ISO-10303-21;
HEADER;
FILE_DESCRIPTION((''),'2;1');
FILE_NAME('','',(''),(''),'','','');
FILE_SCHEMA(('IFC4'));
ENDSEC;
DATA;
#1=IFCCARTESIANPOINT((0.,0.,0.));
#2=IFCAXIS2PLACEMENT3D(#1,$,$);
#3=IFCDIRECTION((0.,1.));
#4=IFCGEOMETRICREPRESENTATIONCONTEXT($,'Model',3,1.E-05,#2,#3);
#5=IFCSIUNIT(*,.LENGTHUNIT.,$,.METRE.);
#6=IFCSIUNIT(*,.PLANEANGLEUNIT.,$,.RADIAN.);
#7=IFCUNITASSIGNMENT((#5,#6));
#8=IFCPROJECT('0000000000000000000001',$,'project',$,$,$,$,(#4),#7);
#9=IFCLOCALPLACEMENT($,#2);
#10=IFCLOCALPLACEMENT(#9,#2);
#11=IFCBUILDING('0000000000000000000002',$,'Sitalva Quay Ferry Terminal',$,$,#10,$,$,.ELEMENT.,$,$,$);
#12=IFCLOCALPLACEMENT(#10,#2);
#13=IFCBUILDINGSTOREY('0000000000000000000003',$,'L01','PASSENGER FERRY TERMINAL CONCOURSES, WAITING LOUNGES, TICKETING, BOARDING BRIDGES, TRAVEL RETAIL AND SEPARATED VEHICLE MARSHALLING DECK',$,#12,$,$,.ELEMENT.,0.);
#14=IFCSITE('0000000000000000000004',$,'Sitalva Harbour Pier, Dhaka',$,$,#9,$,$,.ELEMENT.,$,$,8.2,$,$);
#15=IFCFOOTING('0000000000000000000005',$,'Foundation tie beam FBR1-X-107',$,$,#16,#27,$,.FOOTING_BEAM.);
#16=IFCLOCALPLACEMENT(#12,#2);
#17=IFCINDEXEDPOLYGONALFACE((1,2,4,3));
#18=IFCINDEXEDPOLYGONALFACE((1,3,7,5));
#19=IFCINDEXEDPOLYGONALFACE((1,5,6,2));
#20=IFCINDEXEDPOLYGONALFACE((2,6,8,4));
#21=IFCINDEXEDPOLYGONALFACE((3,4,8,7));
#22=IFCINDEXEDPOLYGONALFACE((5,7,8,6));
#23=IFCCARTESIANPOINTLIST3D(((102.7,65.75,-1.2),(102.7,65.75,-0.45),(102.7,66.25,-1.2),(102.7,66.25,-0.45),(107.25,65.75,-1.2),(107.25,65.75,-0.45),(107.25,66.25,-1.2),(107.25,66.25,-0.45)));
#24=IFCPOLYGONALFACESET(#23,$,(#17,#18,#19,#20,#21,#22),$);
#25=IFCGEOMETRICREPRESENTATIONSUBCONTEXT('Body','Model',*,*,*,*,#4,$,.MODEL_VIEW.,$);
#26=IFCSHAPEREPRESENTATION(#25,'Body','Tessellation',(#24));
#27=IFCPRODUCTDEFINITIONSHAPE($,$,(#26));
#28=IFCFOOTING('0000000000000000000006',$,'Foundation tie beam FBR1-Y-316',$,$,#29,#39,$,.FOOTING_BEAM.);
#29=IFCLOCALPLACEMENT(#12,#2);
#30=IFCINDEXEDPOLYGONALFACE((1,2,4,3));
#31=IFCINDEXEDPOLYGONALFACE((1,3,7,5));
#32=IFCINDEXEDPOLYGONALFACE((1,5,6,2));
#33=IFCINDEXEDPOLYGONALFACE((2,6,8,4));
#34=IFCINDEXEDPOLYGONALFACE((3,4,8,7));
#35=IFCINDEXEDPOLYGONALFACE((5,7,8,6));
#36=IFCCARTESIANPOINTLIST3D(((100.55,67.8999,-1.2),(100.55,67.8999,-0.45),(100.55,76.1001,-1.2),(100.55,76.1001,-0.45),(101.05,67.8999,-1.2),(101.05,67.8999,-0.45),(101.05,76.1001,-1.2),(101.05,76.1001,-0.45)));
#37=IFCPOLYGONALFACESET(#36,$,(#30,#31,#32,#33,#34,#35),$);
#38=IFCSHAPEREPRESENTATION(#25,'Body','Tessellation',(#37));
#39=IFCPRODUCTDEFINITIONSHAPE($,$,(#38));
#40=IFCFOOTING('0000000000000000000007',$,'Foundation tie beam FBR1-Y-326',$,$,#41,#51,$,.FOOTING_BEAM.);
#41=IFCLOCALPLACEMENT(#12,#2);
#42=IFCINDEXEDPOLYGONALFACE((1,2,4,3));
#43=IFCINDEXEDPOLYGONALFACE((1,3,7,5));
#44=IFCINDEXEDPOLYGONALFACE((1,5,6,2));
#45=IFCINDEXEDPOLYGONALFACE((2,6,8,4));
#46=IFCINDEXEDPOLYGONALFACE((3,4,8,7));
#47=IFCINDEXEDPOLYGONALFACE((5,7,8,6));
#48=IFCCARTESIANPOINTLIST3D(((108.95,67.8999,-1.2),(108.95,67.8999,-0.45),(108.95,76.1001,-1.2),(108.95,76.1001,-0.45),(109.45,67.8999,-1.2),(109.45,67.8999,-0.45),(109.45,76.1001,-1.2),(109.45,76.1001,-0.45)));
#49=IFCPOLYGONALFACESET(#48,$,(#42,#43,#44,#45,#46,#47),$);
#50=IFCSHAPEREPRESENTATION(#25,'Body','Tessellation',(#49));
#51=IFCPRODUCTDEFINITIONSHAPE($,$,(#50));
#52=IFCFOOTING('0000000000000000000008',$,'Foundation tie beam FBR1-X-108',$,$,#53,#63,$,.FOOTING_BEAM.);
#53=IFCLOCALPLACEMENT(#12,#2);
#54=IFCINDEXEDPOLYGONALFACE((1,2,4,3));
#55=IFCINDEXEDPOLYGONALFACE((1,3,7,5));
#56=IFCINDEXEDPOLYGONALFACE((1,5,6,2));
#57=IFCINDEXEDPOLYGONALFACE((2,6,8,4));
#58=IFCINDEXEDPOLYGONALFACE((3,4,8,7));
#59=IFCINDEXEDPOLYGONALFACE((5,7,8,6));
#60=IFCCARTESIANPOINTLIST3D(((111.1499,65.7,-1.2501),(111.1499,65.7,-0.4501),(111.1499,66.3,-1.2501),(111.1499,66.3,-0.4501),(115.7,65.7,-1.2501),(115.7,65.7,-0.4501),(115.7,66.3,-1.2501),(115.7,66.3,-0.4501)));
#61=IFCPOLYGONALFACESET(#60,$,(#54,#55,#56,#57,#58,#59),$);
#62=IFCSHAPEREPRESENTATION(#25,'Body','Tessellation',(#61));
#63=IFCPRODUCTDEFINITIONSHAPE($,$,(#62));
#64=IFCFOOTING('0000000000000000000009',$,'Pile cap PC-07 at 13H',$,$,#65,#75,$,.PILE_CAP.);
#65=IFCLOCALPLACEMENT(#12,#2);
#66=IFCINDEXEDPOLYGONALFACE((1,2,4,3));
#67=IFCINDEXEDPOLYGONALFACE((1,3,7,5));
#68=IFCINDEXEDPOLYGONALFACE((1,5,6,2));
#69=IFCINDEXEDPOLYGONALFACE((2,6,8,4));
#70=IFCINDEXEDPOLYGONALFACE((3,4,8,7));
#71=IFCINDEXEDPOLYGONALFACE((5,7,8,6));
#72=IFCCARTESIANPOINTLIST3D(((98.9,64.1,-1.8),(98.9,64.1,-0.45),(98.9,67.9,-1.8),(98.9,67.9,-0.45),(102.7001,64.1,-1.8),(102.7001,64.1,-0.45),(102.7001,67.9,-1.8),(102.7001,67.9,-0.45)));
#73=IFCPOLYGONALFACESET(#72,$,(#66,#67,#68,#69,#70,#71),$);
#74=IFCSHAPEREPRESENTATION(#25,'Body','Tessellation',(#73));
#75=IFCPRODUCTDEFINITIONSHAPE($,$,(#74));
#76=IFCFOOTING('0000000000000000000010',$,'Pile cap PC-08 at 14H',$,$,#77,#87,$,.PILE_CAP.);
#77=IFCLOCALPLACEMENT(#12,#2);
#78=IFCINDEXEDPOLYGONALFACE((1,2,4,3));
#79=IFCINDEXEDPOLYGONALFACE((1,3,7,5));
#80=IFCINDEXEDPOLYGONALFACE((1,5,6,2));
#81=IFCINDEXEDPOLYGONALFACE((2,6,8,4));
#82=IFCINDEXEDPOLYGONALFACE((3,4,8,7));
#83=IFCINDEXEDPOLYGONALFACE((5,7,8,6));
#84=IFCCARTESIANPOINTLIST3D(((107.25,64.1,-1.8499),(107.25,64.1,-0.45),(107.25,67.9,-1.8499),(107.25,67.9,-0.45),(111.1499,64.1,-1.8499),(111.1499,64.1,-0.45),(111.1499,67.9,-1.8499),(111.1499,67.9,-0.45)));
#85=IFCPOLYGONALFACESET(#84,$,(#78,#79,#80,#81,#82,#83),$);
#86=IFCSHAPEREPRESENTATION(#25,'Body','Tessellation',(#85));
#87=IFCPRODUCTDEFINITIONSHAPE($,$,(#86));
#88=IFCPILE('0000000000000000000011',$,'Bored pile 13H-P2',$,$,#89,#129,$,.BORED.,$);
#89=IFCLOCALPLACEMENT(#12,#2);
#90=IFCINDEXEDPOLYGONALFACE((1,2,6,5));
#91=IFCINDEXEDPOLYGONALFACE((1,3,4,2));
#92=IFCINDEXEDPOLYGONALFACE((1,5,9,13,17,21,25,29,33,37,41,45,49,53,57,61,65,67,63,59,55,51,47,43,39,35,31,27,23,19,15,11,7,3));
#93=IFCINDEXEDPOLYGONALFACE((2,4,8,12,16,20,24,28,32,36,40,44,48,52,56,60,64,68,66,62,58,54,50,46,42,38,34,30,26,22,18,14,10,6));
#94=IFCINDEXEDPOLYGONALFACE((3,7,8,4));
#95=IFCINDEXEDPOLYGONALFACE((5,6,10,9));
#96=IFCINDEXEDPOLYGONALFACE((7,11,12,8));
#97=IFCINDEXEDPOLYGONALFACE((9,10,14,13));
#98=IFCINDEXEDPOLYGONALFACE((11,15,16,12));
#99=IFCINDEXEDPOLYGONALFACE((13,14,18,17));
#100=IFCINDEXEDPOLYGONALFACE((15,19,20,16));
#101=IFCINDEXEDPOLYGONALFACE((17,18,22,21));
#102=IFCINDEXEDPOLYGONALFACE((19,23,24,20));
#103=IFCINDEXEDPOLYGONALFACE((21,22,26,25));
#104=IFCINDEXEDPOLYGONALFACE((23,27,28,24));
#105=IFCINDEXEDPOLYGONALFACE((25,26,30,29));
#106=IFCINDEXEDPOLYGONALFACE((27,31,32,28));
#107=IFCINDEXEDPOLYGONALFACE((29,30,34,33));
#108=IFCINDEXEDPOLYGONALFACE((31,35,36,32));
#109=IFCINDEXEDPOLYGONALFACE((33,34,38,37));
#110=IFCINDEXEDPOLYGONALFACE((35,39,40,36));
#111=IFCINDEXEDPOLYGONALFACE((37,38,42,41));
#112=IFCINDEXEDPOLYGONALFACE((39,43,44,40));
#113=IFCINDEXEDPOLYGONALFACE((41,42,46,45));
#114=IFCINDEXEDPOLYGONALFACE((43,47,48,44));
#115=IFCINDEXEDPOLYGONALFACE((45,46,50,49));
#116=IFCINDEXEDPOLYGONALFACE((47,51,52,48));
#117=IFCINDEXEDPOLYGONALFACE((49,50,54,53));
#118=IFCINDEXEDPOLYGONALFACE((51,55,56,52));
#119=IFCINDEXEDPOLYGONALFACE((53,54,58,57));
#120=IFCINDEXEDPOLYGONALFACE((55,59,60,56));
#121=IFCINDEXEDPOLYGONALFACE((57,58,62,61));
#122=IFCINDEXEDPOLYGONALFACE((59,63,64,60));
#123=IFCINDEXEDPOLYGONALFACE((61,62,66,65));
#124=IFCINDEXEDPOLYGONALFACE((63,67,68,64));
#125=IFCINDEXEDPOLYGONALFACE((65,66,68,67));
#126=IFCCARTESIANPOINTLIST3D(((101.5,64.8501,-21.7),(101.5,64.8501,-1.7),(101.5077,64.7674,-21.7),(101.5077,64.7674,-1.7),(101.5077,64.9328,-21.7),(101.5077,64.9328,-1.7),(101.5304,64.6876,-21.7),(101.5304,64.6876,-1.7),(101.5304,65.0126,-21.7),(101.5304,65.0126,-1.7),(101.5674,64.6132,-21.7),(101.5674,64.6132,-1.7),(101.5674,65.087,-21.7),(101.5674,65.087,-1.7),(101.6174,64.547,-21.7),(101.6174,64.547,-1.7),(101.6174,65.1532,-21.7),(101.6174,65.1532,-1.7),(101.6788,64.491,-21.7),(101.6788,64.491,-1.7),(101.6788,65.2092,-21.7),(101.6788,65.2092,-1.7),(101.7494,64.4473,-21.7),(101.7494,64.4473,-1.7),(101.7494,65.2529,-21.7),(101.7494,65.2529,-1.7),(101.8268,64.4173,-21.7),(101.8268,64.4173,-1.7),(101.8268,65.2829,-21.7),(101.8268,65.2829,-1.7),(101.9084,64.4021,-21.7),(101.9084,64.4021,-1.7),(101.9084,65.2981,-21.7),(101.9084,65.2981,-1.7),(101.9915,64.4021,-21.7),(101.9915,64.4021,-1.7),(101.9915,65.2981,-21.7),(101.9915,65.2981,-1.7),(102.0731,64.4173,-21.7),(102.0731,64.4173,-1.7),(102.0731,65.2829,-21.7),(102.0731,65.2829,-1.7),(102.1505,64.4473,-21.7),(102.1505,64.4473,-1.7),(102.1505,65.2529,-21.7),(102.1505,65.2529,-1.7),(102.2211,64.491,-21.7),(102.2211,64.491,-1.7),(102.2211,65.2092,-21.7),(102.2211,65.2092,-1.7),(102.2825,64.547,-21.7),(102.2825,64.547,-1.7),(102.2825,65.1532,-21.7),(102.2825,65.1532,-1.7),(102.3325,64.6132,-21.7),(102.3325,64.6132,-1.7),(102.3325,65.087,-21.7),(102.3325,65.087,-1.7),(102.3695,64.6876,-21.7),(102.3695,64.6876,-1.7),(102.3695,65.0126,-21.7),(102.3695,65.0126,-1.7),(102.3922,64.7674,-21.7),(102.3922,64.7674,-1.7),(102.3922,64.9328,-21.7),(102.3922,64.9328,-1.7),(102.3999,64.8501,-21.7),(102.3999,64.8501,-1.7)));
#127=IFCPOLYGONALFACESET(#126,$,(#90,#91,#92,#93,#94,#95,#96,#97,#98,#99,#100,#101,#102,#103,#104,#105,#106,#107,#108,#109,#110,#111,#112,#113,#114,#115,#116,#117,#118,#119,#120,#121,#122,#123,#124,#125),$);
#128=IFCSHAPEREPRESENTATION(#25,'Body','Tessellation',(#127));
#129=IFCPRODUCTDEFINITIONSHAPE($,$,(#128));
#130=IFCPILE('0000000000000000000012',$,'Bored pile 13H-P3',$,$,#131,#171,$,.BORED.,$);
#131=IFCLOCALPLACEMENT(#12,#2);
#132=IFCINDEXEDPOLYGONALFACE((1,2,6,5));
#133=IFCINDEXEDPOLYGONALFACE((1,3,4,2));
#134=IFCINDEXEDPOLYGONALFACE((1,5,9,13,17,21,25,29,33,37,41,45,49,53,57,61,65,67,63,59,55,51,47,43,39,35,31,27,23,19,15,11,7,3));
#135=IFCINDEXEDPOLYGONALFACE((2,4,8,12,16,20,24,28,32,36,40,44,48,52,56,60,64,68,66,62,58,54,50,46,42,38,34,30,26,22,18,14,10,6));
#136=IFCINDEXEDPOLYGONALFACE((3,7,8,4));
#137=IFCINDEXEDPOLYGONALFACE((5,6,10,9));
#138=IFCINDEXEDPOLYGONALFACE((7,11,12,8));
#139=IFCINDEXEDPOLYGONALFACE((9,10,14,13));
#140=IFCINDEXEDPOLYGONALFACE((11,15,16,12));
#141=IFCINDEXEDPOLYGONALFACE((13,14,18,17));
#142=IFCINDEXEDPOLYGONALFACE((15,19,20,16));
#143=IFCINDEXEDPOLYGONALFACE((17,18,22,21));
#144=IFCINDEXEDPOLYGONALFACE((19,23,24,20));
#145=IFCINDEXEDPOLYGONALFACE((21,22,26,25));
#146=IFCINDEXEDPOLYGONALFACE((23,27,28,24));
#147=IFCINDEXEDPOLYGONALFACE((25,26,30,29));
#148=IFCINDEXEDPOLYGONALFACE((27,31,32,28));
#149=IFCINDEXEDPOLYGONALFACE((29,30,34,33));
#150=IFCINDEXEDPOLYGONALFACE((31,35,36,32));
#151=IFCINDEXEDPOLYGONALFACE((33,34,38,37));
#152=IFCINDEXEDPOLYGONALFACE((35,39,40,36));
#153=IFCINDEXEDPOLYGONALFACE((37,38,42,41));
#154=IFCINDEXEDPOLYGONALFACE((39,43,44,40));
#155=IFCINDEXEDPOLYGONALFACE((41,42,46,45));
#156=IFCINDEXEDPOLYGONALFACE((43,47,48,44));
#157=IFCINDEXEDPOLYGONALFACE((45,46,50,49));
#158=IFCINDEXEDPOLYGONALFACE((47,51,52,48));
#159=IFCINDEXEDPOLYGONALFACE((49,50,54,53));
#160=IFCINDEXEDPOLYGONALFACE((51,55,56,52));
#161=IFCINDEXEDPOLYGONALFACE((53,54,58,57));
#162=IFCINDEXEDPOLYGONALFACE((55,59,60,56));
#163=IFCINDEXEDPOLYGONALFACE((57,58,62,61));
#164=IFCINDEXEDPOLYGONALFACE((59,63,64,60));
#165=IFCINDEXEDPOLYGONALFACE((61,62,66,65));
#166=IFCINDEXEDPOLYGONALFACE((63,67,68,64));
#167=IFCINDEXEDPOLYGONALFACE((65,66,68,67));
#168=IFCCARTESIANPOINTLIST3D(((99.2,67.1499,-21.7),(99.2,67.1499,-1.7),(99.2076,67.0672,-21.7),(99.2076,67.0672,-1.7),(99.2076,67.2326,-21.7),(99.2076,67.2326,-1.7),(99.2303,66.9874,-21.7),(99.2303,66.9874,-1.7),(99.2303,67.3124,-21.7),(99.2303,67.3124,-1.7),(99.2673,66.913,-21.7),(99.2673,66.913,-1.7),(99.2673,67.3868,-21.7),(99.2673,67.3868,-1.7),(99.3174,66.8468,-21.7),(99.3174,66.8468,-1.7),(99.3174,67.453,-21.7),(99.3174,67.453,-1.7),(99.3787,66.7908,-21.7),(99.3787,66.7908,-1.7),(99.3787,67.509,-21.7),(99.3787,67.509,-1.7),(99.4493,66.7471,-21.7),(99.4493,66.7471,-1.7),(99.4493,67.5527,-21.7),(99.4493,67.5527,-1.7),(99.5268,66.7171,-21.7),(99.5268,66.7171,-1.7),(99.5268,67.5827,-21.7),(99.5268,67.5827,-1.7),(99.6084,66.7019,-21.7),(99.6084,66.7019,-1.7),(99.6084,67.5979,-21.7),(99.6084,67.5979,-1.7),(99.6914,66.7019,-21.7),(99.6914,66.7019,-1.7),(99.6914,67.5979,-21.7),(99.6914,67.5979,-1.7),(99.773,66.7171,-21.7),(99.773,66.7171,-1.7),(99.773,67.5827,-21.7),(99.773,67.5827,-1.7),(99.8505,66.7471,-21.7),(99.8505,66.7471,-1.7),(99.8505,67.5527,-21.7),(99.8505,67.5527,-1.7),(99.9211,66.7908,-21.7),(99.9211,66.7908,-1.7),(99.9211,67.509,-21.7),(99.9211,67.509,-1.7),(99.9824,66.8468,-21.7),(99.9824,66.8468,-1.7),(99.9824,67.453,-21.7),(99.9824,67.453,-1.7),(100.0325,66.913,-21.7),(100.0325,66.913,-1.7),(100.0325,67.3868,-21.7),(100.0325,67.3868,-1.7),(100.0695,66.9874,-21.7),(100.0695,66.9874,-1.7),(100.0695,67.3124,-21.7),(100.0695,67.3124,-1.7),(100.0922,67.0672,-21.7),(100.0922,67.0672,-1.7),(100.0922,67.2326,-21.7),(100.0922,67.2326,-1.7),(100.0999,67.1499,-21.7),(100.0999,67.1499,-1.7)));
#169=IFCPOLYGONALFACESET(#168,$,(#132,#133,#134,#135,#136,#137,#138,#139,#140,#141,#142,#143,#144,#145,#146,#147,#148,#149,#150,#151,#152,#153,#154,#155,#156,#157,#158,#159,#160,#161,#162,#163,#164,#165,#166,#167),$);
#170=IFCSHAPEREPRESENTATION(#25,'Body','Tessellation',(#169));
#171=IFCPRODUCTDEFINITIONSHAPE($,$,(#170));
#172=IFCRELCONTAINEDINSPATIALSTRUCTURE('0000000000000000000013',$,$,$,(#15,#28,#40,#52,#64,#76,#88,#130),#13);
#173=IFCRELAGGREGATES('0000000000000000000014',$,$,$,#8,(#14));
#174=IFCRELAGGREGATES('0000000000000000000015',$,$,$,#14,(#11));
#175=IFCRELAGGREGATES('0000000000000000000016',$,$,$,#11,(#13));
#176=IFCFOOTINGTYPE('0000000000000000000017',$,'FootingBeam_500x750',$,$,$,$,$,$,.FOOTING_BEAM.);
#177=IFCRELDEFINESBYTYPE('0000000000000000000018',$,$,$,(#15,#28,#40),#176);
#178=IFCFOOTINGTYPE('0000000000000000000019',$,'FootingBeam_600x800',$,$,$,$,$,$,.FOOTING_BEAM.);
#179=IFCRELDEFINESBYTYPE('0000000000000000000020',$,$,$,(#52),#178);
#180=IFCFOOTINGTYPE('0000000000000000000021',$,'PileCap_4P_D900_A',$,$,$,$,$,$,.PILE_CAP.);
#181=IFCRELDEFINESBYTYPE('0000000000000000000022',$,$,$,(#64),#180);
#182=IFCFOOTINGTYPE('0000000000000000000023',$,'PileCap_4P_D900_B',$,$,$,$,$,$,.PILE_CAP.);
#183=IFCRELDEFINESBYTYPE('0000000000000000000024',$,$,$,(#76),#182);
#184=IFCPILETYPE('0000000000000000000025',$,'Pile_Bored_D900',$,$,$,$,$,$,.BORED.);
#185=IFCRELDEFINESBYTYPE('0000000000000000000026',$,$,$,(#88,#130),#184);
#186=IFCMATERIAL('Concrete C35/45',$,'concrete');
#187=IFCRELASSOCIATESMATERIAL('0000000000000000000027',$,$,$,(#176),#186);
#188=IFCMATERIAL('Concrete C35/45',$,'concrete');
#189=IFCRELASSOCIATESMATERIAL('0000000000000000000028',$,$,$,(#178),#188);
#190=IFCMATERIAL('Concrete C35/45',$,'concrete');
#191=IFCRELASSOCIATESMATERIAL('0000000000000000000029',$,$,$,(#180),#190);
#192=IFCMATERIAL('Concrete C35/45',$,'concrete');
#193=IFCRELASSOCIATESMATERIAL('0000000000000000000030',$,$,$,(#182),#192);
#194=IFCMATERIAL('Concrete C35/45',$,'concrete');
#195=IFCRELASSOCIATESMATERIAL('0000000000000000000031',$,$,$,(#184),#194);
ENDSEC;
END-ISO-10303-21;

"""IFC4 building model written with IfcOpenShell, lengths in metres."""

from ifc_helpers import new_model, si_unit, direction, frame, origin, origin_2d, place, context, subcontext, project, spatial, rectangle, circle, extrude, material, material_profile, profile_set, type_object, element, save


model = new_model("IFC4")

# Units and contexts
model_context = context("Model", 3, precision=1e-05, world=origin(), true_north=direction((0.0, 1.0)))
body_context = subcontext(model_context, "Body", "Model", "MODEL_VIEW")
ifc_project = project(units=[si_unit("LENGTHUNIT", "METRE"), si_unit("PLANEANGLEUNIT", "RADIAN")], contexts=[model_context])

# Site, building, storey
site_placement = place(None, origin())
site = spatial("IfcSite", under=ifc_project, at=site_placement, Name="Sitalva Harbour Pier, Dhaka", CompositionType="ELEMENT", RefElevation=8.2)
building_placement = place(site_placement, origin())
building = spatial("IfcBuilding", under=site, at=building_placement, Name="Sitalva Quay Ferry Terminal", CompositionType="ELEMENT")
storey_placement = place(building_placement, origin())
storey = spatial("IfcBuildingStorey", under=building, at=storey_placement, Name="L01", Description="PASSENGER FERRY TERMINAL CONCOURSES, WAITING LOUNGES, TICKETING, BOARDING BRIDGES, TRAVEL RETAIL AND SEPARATED VEHICLE MARSHALLING DECK", CompositionType="ELEMENT", Elevation=0.0)

# Footings
ifc_material_1 = material(Name="Concrete C35/45", Category="concrete")
ifc_material_profile_1 = material_profile(ifc_material_1, rectangle(XDim=0.5, YDim=0.75, at=origin_2d()), Name="RC500x750")
ifc_profile_set_1 = profile_set([ifc_material_profile_1], Name="Concrete C35/45")
footing_type_1 = type_object("IfcFootingType", Name="FootingBeam_500x750", PredefinedType="FOOTING_BEAM", material=ifc_profile_set_1)
footing_1_placement = place(storey_placement, frame((102.7, 66.0, -0.825), z_axis=(1.0, 0.0, 0.0), x_axis=(0.0, 1.0, 0.0)))
element("IfcFooting", 1, at=footing_1_placement, inside=storey, type_object=footing_type_1, Name="Foundation tie beam FBR1-X-107", PredefinedType="FOOTING_BEAM", context=body_context, shape_type="SweptSolid", body=[
    extrude(rectangle(XDim=0.5, YDim=0.75, at=origin_2d()), origin(), (0.0, 0.0, 1.0), 4.55),
])
for number, where, z_axis, x_axis, name in (
    (2, (100.8, 67.8999, -0.825), (0.0, 1.0, 0.0), (-1.0, 0.0, 0.0), "Foundation tie beam FBR1-Y-316"),
    (3, (109.2, 67.8999, -0.825), (0.0, 1.0, 0.0), (-1.0, 0.0, 0.0), "Foundation tie beam FBR1-Y-326"),
):
    element("IfcFooting", number, at=place(storey_placement, frame(where, z_axis=z_axis, x_axis=x_axis)), inside=storey, type_object=footing_type_1, Name=name, PredefinedType="FOOTING_BEAM", context=body_context, shape_type="SweptSolid", body=[
        extrude(rectangle(XDim=0.5, YDim=0.75, at=origin_2d()), origin(), (0.0, 0.0, 1.0), 8.2002),
    ])
ifc_material_2 = material(Name="Concrete C35/45", Category="concrete")
ifc_material_profile_2 = material_profile(ifc_material_2, rectangle(XDim=0.6001, YDim=0.8, at=origin_2d()), Name="RC600x800")
ifc_profile_set_2 = profile_set([ifc_material_profile_2], Name="Concrete C35/45")
footing_type_2 = type_object("IfcFootingType", Name="FootingBeam_600x800", PredefinedType="FOOTING_BEAM", material=ifc_profile_set_2)
footing_2_placement = place(storey_placement, frame((111.1499, 66.0, -0.8501), z_axis=(1.0, 0.0, 0.0), x_axis=(0.0, 1.0, 0.0)))
element("IfcFooting", 4, at=footing_2_placement, inside=storey, type_object=footing_type_2, Name="Foundation tie beam FBR1-X-108", PredefinedType="FOOTING_BEAM", context=body_context, shape_type="SweptSolid", body=[
    extrude(rectangle(XDim=0.6001, YDim=0.8, at=origin_2d()), origin(), (0.0, 0.0, 1.0), 4.55),
])
ifc_material_3 = material(Name="Concrete C35/45", Category="concrete")
footing_type_3 = type_object("IfcFootingType", Name="PileCap_4P_D900_A", PredefinedType="PILE_CAP", material=ifc_material_3)
footing_3_placement = place(storey_placement, frame((100.8, 66.0, -1.8), z_axis=(0.0, 0.0, 1.0), x_axis=(1.0, 0.0, 0.0)))
element("IfcFooting", 5, at=footing_3_placement, inside=storey, type_object=footing_type_3, Name="Pile cap PC-07 at 13H", PredefinedType="PILE_CAP", context=body_context, shape_type="SweptSolid", body=[
    extrude(rectangle(XDim=3.8, YDim=3.8, at=origin_2d()), origin(), (0.0, 0.0, 1.0), 1.3501),
])
ifc_material_4 = material(Name="Concrete C35/45", Category="concrete")
footing_type_4 = type_object("IfcFootingType", Name="PileCap_4P_D900_B", PredefinedType="PILE_CAP", material=ifc_material_4)
footing_4_placement = place(storey_placement, frame((109.2, 66.0, -1.8499), z_axis=(0.0, 0.0, 1.0), x_axis=(1.0, 0.0, 0.0)))
element("IfcFooting", 6, at=footing_4_placement, inside=storey, type_object=footing_type_4, Name="Pile cap PC-08 at 14H", PredefinedType="PILE_CAP", context=body_context, shape_type="SweptSolid", body=[
    extrude(rectangle(XDim=3.8999, YDim=3.8, at=origin_2d()), origin(), (0.0, 0.0, 1.0), 1.3999),
])

# Piles
ifc_material_5 = material(Name="Concrete C35/45", Category="concrete")
ifc_material_profile_3 = material_profile(ifc_material_5, circle(Radius=0.45, at=origin_2d()), Name="PILE-D900")
ifc_profile_set_3 = profile_set([ifc_material_profile_3], Name="Concrete C35/45")
pile_type = type_object("IfcPileType", Name="Pile_Bored_D900", PredefinedType="BORED", material=ifc_profile_set_3)
for number, where, z_axis, x_axis, name in (
    (7, (101.95, 64.8501, -1.7), (0.0, 0.0, -1.0), (1.0, 0.0, 0.0), "Bored pile 13H-P2"),
    (8, (99.6499, 67.1499, -1.7), (0.0, 0.0, -1.0), (1.0, 0.0, 0.0), "Bored pile 13H-P3"),
):
    element("IfcPile", number, at=place(storey_placement, frame(where, z_axis=z_axis, x_axis=x_axis)), inside=storey, type_object=pile_type, Name=name, PredefinedType="BORED", context=body_context, shape_type="SweptSolid", body=[
        extrude(circle(Radius=0.45, at=origin_2d()), origin(), (0.0, 0.0, 1.0), 20.0),
    ])

save(model, "model.ifc")
